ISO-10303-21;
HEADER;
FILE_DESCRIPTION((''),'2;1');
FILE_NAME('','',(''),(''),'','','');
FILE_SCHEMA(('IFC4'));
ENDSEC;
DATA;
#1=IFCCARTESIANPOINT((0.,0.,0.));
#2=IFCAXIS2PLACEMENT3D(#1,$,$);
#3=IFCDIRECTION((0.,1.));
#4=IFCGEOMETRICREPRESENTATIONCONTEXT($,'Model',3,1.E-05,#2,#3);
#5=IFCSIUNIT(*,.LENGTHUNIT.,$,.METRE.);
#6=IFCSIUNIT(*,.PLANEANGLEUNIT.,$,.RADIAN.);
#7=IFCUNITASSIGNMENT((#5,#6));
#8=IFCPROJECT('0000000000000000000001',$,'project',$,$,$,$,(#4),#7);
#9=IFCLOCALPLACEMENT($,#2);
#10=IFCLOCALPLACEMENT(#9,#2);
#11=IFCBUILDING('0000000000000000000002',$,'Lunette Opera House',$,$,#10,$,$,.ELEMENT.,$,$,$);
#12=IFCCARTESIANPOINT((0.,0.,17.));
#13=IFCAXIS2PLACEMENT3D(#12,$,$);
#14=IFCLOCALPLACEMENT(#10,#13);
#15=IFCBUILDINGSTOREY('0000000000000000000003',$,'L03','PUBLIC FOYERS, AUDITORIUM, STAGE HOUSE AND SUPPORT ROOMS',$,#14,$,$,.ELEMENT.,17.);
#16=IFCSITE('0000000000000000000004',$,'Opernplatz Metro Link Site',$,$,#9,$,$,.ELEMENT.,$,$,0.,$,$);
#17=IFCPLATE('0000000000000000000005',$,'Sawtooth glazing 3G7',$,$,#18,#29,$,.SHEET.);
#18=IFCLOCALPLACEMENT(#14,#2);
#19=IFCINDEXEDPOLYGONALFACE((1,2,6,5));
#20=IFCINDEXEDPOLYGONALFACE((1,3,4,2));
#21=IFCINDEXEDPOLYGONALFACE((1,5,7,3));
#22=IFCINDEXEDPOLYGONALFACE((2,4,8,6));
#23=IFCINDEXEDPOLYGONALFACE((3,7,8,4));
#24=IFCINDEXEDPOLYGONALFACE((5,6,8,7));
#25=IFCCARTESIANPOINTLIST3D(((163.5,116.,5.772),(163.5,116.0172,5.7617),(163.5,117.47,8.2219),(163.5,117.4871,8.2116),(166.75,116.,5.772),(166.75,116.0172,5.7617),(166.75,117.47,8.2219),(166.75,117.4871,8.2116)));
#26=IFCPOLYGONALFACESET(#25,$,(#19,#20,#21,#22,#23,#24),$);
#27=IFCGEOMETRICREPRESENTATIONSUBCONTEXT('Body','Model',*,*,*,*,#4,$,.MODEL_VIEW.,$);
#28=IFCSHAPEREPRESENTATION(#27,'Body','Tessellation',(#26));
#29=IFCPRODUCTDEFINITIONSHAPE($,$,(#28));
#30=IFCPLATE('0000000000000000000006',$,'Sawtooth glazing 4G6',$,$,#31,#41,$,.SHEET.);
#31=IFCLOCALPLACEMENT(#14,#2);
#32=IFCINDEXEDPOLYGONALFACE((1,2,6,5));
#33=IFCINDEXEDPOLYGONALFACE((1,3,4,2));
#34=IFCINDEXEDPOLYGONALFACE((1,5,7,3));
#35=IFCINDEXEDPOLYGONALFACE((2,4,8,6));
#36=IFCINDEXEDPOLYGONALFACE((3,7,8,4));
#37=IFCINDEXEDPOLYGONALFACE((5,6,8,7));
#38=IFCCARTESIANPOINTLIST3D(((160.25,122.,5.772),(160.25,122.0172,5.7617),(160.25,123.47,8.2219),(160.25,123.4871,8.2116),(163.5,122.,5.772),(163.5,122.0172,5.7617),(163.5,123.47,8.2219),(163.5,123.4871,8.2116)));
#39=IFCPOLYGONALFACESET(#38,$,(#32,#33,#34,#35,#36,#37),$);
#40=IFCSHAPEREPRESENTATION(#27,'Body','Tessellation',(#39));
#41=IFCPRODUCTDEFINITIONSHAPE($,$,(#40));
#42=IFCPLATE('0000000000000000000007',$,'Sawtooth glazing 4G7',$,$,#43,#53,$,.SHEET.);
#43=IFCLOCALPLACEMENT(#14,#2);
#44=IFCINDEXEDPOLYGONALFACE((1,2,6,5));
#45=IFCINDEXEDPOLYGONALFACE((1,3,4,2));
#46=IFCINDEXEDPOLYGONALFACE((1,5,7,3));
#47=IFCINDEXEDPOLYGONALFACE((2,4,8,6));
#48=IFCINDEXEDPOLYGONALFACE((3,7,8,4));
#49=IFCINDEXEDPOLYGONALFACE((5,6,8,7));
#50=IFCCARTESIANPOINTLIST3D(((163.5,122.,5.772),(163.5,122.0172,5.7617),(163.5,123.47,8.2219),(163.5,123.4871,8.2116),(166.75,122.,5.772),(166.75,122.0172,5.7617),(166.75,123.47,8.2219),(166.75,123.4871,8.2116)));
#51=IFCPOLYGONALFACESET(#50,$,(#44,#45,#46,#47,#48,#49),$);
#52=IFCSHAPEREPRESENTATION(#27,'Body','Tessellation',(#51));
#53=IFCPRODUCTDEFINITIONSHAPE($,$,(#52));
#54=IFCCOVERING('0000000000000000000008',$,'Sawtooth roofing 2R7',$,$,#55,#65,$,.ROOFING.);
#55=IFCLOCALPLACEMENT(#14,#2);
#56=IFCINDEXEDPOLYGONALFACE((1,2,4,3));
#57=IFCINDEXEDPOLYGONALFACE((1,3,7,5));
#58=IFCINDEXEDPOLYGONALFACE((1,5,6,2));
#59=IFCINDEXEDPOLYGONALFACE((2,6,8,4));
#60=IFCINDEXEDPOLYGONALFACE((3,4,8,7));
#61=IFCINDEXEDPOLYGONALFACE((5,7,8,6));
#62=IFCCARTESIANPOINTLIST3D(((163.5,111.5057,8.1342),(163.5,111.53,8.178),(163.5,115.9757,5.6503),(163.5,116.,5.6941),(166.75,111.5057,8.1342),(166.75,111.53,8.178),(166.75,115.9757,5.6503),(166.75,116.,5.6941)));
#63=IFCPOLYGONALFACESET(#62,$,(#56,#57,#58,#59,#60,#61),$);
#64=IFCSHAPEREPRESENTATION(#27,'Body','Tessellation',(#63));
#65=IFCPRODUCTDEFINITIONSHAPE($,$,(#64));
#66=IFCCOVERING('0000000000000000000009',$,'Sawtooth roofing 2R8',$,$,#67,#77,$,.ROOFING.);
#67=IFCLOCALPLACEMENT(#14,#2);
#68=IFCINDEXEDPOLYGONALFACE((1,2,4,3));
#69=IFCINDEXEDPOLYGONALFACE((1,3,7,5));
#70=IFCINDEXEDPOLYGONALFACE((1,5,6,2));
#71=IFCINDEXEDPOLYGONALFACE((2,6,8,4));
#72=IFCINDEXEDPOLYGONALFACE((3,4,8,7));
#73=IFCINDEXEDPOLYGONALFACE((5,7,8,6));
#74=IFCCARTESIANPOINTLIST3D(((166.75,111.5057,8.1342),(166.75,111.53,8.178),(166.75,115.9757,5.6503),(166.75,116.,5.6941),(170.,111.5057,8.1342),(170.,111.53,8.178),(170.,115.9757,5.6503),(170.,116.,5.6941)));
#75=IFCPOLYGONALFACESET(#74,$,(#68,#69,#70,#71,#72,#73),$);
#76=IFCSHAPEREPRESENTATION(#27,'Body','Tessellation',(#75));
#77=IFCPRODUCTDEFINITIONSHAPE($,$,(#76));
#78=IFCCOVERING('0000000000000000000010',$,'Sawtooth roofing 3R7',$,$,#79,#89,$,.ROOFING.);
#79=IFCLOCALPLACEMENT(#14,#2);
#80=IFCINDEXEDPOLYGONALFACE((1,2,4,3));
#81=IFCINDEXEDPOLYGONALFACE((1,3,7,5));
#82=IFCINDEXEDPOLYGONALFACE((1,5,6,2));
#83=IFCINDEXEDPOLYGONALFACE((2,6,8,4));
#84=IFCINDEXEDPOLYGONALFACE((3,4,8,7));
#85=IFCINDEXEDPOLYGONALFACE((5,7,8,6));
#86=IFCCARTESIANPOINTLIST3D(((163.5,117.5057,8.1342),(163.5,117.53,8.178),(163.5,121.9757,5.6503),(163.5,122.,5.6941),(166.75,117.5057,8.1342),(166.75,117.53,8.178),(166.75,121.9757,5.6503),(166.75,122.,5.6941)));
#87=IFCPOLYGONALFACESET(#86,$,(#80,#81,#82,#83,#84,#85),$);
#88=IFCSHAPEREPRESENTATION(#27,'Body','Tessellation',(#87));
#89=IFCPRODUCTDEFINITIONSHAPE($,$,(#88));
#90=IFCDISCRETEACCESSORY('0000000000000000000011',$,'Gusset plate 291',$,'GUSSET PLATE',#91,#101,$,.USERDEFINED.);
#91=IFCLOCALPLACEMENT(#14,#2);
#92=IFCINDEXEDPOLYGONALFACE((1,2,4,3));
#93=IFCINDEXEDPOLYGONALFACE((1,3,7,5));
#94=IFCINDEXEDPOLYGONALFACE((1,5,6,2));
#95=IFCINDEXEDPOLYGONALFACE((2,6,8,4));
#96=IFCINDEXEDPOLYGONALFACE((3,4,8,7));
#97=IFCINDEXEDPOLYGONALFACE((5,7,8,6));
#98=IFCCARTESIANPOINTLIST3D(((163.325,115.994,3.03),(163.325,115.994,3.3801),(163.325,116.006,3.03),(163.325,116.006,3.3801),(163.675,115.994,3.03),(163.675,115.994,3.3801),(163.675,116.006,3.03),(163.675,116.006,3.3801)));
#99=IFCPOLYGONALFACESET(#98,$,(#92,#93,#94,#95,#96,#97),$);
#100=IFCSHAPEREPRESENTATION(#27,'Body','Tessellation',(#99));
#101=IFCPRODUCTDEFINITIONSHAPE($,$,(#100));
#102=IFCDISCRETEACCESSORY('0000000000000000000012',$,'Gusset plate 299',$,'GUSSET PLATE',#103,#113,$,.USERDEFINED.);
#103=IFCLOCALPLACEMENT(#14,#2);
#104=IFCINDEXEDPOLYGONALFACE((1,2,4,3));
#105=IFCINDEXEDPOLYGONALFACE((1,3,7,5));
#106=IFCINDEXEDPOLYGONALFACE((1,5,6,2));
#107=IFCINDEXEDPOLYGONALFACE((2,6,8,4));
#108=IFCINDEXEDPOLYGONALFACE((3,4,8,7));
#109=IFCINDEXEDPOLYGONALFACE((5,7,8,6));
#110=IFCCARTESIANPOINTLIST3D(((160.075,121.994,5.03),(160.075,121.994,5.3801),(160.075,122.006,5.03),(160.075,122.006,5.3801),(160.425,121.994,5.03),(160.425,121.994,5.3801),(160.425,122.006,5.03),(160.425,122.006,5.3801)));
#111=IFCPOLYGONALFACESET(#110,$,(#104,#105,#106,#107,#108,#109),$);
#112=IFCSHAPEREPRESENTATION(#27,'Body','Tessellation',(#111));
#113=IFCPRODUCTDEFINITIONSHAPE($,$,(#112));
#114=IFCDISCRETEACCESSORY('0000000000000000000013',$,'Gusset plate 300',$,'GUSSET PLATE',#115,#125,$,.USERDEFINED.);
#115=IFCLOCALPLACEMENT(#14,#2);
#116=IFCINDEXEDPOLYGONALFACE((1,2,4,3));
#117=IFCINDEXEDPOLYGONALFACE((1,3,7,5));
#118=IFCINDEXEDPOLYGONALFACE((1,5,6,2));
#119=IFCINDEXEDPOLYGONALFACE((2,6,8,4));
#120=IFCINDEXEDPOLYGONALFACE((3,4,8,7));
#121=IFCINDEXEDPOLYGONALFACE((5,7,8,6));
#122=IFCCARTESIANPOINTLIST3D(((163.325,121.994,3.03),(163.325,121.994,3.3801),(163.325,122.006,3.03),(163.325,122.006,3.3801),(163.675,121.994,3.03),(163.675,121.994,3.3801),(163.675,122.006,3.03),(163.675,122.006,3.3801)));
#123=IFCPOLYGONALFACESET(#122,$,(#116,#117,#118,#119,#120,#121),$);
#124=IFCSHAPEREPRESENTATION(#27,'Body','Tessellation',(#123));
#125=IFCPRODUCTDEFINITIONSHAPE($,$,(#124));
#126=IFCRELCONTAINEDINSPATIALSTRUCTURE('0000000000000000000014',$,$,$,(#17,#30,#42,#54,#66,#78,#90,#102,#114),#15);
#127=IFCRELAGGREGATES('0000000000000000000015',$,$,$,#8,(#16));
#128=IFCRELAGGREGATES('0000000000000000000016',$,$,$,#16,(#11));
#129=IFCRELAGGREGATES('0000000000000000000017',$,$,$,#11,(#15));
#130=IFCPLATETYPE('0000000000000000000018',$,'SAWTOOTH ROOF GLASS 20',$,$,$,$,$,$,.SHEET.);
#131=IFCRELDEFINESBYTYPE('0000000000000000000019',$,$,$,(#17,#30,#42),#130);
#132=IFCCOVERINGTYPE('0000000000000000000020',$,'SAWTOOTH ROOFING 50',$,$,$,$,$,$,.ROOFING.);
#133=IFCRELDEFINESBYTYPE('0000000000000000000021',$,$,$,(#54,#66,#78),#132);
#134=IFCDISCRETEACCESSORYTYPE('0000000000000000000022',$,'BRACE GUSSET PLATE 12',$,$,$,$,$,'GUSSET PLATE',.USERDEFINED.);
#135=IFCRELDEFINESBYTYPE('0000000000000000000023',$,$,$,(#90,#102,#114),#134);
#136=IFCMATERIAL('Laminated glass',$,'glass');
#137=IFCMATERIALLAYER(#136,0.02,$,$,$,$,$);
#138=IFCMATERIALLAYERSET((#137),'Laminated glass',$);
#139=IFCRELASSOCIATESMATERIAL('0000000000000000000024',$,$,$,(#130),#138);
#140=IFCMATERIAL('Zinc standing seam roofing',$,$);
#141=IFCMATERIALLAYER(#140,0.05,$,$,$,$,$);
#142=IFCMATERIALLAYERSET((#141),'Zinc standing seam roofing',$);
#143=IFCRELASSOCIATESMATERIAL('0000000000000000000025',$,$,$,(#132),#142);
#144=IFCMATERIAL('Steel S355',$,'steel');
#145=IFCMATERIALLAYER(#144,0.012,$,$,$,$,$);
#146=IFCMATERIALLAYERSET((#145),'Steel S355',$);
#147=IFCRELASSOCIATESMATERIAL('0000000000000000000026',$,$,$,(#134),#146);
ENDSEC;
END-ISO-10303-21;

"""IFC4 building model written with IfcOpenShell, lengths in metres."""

from ifc_helpers import new_model, si_unit, direction, frame, origin, origin_2d, place, context, subcontext, project, spatial, polyline, rectangle, outline, extrude, material, layer, layer_set, type_object, element, save


model = new_model("IFC4")

# Units and contexts
model_context = context("Model", 3, precision=1e-05, world=origin(), true_north=direction((0.0, 1.0)))
body_context = subcontext(model_context, "Body", "Model", "MODEL_VIEW")
ifc_project = project(units=[si_unit("LENGTHUNIT", "METRE"), si_unit("PLANEANGLEUNIT", "RADIAN")], contexts=[model_context])

# Site, building, storey
site_placement = place(None, origin())
site = spatial("IfcSite", under=ifc_project, at=site_placement, Name="Opernplatz Metro Link Site", CompositionType="ELEMENT", RefElevation=0.0)
building_placement = place(site_placement, origin())
building = spatial("IfcBuilding", under=site, at=building_placement, Name="Lunette Opera House", CompositionType="ELEMENT")
storey_placement = place(building_placement, frame((0.0, 0.0, 17.0)))
storey = spatial("IfcBuildingStorey", under=building, at=storey_placement, Name="L03", Description="PUBLIC FOYERS, AUDITORIUM, STAGE HOUSE AND SUPPORT ROOMS", CompositionType="ELEMENT", Elevation=17.0)

# Plates
ifc_material_1 = material(Name="Laminated glass", Category="glass")
ifc_layer_1 = layer(ifc_material_1, 0.02)
ifc_layer_set_1 = layer_set([ifc_layer_1], Name="Laminated glass")
plate_type = type_object("IfcPlateType", Name="SAWTOOTH ROOF GLASS 20", PredefinedType="SHEET", material=ifc_layer_set_1)
for number, where, z_axis, x_axis, name in (
    (1, (163.5, 116.0, 5.772), (0.0, -0.857493, 0.514496), (1.0, 0.0, 0.0), "Sawtooth glazing 3G7"),
    (2, (160.25, 122.0, 5.772), (0.0, -0.857493, 0.514496), (1.0, 0.0, 0.0), "Sawtooth glazing 4G6"),
    (3, (163.5, 122.0, 5.772), (0.0, -0.857493, 0.514496), (1.0, 0.0, 0.0), "Sawtooth glazing 4G7"),
):
    element("IfcPlate", number, at=place(storey_placement, frame(where, z_axis=z_axis, x_axis=x_axis)), inside=storey, type_object=plate_type, Name=name, PredefinedType="SHEET", context=body_context, shape_type="SweptSolid", body=[
        extrude(outline(polyline([(0.0, 0.0), (3.25, 0.0), (3.25, 2.8571), (0.0, 2.8571), (0.0, 0.0)])), origin(), (0.0, 0.0, -1.0), 0.02),
    ])

# Coverings
ifc_material_2 = material(Name="Zinc standing seam roofing")
ifc_layer_2 = layer(ifc_material_2, 0.05)
ifc_layer_set_2 = layer_set([ifc_layer_2], Name="Zinc standing seam roofing")
covering_type = type_object("IfcCoveringType", Name="SAWTOOTH ROOFING 50", PredefinedType="ROOFING", material=ifc_layer_set_2)
for number, where, z_axis, x_axis, name in (
    (4, (163.5, 111.53, 8.178), (0.0, 0.485728, 0.87411), (1.0, 0.0, 0.0), "Sawtooth roofing 2R7"),
    (5, (166.75, 111.53, 8.178), (0.0, 0.485728, 0.87411), (1.0, 0.0, 0.0), "Sawtooth roofing 2R8"),
    (6, (163.5, 117.53, 8.178), (0.0, 0.485728, 0.87411), (1.0, 0.0, 0.0), "Sawtooth roofing 3R7"),
):
    element("IfcCovering", number, at=place(storey_placement, frame(where, z_axis=z_axis, x_axis=x_axis)), inside=storey, type_object=covering_type, Name=name, PredefinedType="ROOFING", context=body_context, shape_type="SweptSolid", body=[
        extrude(outline(polyline([(0.0, 0.0), (3.25, 0.0), (3.25, 5.1137), (0.0, 5.1137), (0.0, 0.0)])), origin(), (0.0, 0.0, -1.0), 0.05),
    ])

# Discrete accessories
ifc_material_3 = material(Name="Steel S355", Category="steel")
ifc_layer_3 = layer(ifc_material_3, 0.012)
ifc_layer_set_3 = layer_set([ifc_layer_3], Name="Steel S355")
discrete_accessory_type = type_object("IfcDiscreteAccessoryType", Name="BRACE GUSSET PLATE 12", ElementType="GUSSET PLATE", PredefinedType="USERDEFINED", material=ifc_layer_set_3)
for number, where, z_axis, x_axis, name in (
    (7, (163.5, 116.0, 3.03), (0.0, 0.0, 1.0), (1.0, 0.0, 0.0), "Gusset plate 291"),
    (8, (160.25, 122.0, 5.03), (0.0, 0.0, 1.0), (1.0, 0.0, 0.0), "Gusset plate 299"),
    (9, (163.5, 122.0, 3.03), (0.0, 0.0, 1.0), (1.0, 0.0, 0.0), "Gusset plate 300"),
):
    element("IfcDiscreteAccessory", number, at=place(storey_placement, frame(where, z_axis=z_axis, x_axis=x_axis)), inside=storey, type_object=discrete_accessory_type, Name=name, ObjectType="GUSSET PLATE", PredefinedType="USERDEFINED", context=body_context, shape_type="SweptSolid", body=[
        extrude(rectangle(XDim=0.3501, YDim=0.012, at=origin_2d()), origin(), (0.0, 0.0, 1.0), 0.3501),
    ])

save(model, "model.ifc")
